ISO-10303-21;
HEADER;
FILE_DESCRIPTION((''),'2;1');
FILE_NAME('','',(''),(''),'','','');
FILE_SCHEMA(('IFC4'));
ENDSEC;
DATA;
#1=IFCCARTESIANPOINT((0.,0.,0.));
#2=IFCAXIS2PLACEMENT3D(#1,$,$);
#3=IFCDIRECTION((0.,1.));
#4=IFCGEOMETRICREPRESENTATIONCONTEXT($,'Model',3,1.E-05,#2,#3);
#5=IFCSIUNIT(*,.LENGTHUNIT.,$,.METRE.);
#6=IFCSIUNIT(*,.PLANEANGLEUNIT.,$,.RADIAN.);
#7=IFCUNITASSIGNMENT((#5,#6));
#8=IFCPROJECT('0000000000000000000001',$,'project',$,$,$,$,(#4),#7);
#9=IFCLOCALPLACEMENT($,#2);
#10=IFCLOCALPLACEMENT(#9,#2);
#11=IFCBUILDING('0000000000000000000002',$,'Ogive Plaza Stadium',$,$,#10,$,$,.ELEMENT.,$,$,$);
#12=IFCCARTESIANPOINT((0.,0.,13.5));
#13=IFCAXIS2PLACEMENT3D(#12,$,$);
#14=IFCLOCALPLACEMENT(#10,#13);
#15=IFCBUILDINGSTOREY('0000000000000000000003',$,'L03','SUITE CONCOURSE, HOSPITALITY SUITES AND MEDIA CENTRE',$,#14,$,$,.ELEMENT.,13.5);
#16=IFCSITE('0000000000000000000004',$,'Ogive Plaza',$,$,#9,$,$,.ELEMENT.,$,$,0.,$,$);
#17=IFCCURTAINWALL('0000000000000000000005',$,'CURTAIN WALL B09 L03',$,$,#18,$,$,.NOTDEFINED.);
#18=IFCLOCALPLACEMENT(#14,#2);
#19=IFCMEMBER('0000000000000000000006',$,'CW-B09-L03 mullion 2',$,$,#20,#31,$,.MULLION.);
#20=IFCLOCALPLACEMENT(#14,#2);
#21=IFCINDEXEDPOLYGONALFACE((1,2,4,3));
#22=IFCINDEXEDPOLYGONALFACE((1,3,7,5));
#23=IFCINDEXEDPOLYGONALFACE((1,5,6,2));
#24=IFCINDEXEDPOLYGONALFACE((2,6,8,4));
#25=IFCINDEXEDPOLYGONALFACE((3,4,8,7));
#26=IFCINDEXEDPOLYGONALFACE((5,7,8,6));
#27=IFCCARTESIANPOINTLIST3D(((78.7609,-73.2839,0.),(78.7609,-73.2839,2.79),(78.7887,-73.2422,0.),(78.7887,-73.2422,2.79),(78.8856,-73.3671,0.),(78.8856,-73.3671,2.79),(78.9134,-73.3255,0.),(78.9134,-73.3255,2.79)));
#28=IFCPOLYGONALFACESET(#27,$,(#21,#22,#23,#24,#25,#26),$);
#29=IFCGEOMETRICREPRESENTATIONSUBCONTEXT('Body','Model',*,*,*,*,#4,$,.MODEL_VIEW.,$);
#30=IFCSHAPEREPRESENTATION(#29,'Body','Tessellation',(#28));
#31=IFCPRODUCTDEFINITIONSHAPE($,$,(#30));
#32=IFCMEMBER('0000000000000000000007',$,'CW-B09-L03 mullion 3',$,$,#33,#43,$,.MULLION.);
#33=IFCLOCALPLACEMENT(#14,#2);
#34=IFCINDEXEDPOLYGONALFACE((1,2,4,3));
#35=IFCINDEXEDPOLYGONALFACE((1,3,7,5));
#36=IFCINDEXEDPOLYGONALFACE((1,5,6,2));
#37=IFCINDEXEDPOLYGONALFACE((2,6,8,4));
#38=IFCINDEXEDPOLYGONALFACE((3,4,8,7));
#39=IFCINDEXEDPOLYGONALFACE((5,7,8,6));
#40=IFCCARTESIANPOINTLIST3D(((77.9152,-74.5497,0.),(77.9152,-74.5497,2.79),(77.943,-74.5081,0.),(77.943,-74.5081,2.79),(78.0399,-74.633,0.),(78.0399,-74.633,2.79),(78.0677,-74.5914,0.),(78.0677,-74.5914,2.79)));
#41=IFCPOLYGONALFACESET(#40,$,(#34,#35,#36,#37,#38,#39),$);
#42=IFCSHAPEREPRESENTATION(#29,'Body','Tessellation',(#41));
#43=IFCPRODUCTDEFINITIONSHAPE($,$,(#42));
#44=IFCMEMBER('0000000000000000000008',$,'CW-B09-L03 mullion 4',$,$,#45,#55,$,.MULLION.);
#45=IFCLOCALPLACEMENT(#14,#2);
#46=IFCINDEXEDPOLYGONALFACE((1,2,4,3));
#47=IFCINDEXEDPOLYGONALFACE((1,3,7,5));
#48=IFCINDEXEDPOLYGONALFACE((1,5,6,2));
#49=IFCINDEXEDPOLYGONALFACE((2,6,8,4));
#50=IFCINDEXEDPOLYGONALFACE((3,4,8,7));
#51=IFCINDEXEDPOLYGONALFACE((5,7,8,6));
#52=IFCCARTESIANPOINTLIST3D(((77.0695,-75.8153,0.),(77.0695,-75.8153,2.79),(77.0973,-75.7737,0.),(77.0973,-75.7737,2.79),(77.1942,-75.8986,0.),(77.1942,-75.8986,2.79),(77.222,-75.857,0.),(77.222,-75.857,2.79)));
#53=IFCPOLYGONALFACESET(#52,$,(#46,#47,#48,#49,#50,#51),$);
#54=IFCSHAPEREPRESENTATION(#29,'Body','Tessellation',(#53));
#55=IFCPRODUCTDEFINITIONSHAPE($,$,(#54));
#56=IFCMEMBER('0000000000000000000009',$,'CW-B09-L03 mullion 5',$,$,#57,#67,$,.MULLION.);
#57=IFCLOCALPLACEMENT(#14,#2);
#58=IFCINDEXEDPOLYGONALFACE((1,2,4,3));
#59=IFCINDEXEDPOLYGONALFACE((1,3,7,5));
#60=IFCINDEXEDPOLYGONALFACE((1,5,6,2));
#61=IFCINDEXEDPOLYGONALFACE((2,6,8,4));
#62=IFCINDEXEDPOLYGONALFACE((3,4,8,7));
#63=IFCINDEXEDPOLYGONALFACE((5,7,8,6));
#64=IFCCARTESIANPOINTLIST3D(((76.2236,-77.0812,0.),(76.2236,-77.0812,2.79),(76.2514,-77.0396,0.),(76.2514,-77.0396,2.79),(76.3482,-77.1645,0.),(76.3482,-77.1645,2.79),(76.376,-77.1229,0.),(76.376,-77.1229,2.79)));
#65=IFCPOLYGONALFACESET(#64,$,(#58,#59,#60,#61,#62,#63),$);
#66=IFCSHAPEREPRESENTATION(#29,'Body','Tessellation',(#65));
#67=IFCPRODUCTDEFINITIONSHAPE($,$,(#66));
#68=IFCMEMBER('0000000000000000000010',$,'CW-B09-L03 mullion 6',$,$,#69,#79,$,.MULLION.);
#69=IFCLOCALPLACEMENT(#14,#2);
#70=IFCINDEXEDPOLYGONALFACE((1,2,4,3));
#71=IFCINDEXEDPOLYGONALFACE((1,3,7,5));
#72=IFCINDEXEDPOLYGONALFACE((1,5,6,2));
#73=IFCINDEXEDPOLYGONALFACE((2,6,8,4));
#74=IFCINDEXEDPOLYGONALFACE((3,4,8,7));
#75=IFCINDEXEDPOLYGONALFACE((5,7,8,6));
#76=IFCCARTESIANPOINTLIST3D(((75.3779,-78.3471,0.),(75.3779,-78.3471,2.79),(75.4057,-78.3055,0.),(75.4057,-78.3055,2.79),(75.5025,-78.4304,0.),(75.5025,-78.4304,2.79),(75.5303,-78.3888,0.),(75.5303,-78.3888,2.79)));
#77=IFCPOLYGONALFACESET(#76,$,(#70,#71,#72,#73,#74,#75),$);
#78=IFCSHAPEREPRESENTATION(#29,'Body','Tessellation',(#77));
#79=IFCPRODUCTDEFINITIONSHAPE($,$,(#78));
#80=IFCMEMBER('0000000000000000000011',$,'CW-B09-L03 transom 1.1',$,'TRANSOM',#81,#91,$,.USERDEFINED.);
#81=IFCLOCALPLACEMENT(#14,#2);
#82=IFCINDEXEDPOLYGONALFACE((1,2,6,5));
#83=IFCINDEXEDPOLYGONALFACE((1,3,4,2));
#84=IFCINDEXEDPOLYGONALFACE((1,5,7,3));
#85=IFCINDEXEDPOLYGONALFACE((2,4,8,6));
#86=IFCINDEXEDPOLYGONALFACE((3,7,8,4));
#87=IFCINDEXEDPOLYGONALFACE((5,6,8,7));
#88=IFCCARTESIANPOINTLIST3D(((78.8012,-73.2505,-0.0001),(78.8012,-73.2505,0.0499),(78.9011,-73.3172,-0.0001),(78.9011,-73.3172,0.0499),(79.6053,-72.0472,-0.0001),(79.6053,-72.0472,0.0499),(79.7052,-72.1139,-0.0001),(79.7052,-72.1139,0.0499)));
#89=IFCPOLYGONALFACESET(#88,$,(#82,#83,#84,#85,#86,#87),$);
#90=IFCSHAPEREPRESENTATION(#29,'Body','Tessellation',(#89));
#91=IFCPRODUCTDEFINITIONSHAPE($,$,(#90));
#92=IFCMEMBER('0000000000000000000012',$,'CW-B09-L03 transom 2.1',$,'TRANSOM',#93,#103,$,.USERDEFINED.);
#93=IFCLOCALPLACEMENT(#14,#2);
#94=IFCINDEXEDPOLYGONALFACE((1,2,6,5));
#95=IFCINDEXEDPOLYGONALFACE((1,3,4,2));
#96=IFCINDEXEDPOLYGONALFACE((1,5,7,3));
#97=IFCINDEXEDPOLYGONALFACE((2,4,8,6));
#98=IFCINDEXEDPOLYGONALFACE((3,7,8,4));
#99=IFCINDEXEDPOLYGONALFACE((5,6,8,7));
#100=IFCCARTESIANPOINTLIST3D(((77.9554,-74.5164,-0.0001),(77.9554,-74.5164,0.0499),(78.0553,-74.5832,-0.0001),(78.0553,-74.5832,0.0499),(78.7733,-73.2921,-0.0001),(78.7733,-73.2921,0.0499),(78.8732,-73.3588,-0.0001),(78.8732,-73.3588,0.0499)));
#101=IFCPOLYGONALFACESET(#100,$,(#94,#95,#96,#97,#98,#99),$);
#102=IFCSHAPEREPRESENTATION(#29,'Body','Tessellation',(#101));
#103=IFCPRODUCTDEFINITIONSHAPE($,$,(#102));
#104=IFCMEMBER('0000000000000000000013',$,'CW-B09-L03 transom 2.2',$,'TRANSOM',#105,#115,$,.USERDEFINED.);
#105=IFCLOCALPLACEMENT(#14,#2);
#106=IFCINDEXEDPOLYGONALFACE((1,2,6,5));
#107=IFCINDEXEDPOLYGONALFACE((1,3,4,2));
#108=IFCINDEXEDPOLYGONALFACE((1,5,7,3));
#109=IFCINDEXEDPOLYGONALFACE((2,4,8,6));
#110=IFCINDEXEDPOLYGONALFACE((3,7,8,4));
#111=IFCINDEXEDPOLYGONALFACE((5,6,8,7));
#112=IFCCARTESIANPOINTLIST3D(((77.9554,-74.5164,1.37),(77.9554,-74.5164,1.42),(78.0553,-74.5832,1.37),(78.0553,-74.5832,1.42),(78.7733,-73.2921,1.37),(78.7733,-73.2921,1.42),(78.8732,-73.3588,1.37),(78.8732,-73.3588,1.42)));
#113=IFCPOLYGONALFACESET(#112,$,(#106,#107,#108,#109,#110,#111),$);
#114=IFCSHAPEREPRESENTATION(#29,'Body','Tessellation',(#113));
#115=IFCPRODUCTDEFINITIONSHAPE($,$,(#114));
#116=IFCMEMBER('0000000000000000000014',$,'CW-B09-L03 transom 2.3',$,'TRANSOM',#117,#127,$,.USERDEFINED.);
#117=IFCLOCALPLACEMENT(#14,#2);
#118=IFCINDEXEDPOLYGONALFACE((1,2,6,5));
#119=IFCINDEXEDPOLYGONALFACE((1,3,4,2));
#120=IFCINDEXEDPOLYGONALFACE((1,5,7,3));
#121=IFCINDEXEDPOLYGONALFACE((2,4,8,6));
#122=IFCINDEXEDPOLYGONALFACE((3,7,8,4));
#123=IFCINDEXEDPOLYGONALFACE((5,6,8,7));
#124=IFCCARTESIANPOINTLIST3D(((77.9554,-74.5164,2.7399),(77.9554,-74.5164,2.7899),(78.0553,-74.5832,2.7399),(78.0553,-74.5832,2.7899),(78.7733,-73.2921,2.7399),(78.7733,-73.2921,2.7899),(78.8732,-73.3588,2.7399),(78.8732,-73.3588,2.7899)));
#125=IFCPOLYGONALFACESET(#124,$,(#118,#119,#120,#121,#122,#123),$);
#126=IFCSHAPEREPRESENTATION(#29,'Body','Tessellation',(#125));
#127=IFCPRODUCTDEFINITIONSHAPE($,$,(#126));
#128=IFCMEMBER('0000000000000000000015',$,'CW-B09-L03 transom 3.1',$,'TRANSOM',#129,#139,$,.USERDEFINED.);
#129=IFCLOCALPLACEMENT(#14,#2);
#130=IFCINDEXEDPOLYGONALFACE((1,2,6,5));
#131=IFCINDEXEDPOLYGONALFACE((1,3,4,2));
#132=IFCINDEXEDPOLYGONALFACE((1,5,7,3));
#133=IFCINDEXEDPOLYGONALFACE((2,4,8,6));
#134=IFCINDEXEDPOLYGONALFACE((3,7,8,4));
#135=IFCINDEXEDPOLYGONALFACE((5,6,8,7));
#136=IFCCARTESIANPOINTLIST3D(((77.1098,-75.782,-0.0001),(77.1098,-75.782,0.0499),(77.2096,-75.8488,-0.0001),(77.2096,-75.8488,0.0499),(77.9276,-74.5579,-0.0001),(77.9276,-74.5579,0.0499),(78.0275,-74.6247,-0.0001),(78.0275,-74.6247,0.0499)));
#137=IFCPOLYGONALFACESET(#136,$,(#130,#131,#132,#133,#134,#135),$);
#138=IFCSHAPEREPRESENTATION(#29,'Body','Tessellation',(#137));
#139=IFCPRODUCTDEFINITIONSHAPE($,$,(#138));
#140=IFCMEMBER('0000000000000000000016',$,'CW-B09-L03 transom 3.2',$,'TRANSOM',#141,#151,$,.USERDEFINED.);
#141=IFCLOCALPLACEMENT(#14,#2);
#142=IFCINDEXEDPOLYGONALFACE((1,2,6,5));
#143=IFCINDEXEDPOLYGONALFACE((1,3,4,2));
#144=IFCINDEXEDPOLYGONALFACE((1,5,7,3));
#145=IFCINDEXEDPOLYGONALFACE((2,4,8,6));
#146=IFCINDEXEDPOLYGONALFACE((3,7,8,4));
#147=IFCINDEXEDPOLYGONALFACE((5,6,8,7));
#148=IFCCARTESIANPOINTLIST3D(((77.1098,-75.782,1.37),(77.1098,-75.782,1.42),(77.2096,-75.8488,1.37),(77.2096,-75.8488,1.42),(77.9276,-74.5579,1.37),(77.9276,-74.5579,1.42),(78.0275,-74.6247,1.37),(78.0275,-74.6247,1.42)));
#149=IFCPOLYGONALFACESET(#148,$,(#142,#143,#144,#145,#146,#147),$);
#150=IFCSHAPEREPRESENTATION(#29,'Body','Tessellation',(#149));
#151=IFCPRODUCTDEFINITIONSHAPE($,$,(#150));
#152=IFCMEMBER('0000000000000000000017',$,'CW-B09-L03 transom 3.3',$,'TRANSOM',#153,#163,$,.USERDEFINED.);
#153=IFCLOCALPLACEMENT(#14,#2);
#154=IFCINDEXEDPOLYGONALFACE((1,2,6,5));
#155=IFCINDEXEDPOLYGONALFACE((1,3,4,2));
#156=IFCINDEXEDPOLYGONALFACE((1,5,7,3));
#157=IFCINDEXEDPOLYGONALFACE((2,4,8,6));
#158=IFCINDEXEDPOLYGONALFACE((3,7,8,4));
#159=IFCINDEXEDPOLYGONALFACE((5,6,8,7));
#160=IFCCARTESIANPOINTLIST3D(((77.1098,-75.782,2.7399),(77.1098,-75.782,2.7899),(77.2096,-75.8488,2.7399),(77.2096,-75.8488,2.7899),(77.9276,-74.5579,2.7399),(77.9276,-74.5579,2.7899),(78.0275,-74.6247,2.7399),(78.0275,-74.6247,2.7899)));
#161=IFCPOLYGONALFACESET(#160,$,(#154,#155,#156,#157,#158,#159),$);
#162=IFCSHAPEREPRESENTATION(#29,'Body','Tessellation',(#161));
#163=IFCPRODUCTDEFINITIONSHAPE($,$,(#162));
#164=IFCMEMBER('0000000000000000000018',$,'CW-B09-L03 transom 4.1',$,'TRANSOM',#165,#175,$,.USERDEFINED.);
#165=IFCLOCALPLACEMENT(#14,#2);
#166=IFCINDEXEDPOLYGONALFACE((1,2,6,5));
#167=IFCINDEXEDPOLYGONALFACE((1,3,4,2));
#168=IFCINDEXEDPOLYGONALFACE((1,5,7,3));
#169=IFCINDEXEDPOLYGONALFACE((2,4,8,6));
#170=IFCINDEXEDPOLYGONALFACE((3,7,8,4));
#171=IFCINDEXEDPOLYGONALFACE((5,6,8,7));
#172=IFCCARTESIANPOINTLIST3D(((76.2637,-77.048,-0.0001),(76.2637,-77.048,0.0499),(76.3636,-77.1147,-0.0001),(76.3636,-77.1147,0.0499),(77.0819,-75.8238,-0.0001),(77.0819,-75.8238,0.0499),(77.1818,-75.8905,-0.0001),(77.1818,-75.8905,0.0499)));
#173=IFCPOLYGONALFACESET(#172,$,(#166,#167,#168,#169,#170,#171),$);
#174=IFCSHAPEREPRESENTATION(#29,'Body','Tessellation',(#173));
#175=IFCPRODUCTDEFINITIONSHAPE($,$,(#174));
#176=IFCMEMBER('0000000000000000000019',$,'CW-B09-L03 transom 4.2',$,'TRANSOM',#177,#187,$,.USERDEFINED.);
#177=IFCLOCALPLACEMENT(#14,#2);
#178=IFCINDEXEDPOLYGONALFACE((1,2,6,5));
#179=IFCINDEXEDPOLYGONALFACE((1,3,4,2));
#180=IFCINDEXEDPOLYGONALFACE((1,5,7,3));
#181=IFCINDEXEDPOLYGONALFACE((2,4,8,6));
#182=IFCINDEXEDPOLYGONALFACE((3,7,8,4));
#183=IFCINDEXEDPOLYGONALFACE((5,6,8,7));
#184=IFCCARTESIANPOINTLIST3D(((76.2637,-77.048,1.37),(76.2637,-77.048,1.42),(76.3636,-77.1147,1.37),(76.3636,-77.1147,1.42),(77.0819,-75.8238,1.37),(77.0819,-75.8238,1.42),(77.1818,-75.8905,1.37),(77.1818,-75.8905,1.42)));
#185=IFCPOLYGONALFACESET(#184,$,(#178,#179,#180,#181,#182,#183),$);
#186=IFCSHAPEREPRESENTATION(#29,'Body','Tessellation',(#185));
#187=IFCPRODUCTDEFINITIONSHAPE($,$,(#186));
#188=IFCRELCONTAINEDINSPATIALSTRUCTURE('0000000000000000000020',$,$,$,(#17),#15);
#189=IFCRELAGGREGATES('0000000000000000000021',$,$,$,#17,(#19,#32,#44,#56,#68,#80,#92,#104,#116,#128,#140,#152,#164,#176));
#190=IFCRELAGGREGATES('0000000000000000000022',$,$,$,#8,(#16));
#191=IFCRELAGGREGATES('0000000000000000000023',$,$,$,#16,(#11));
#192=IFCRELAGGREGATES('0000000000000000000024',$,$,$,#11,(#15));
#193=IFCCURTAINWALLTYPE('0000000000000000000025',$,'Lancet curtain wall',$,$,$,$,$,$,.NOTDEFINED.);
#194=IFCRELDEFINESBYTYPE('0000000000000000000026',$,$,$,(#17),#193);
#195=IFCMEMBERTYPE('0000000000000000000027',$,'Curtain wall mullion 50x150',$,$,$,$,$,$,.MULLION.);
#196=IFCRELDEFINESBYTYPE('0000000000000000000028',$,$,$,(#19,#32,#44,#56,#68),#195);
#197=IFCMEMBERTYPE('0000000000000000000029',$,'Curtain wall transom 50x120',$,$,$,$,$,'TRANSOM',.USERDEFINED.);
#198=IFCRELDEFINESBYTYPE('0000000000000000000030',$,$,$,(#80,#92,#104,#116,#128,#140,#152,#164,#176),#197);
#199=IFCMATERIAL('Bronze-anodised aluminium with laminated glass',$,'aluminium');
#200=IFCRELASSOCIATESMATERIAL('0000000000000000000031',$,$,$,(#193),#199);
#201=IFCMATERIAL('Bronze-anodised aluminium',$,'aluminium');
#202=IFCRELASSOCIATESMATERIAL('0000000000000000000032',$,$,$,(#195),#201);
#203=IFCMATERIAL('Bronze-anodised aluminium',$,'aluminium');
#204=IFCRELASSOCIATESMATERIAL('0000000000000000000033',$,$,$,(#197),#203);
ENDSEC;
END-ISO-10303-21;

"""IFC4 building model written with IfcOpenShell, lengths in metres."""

from ifc_helpers import new_model, si_unit, direction, frame, origin, origin_2d, place, context, subcontext, project, spatial, rectangle, extrude, material, material_profile, profile_set, type_object, element, aggregate, save


model = new_model("IFC4")

# Units and contexts
model_context = context("Model", 3, precision=1e-05, world=origin(), true_north=direction((0.0, 1.0)))
body_context = subcontext(model_context, "Body", "Model", "MODEL_VIEW")
ifc_project = project(units=[si_unit("LENGTHUNIT", "METRE"), si_unit("PLANEANGLEUNIT", "RADIAN")], contexts=[model_context])

# Site, building, storey
site_placement = place(None, origin())
site = spatial("IfcSite", under=ifc_project, at=site_placement, Name="Ogive Plaza", CompositionType="ELEMENT", RefElevation=0.0)
building_placement = place(site_placement, origin())
building = spatial("IfcBuilding", under=site, at=building_placement, Name="Ogive Plaza Stadium", CompositionType="ELEMENT")
storey_placement = place(building_placement, frame((0.0, 0.0, 13.5)))
storey = spatial("IfcBuildingStorey", under=building, at=storey_placement, Name="L03", Description="SUITE CONCOURSE, HOSPITALITY SUITES AND MEDIA CENTRE", CompositionType="ELEMENT", Elevation=13.5)

# Curtain wall, members
ifc_material_1 = material(Name="Bronze-anodised aluminium with laminated glass", Category="aluminium")
curtain_wall_type = type_object("IfcCurtainWallType", Name="Lancet curtain wall", PredefinedType="NOTDEFINED", material=ifc_material_1)
curtain_wall_placement = place(storey_placement, origin())
curtain_wall = element("IfcCurtainWall", 1, at=curtain_wall_placement, inside=storey, type_object=curtain_wall_type, Name="CURTAIN WALL B09 L03", PredefinedType="NOTDEFINED")
ifc_material_2 = material(Name="Bronze-anodised aluminium", Category="aluminium")
ifc_material_profile_1 = material_profile(ifc_material_2, rectangle(XDim=0.1499, YDim=0.05, at=origin_2d()), Name="AL 150x50")
ifc_profile_set_1 = profile_set([ifc_material_profile_1], Name="Bronze-anodised aluminium")
member_type_1 = type_object("IfcMemberType", Name="Curtain wall mullion 50x150", PredefinedType="MULLION", material=ifc_profile_set_1)
member_1_placement = place(storey_placement, frame((78.8372, -73.3047, 0.0), z_axis=(0.0, 0.0, 1.0), x_axis=(0.83147, -0.55557, 0.0)))
member_1 = element("IfcMember", 2, at=member_1_placement, type_object=member_type_1, Name="CW-B09-L03 mullion 2", PredefinedType="MULLION", context=body_context, shape_type="SweptSolid", body=[
    extrude(rectangle(XDim=0.1499, YDim=0.05, at=origin_2d()), origin(), (0.0, 0.0, 1.0), 2.79),
])
member_2_placement = place(storey_placement, frame((77.9915, -74.5706, 0.0), z_axis=(0.0, 0.0, 1.0), x_axis=(0.83147, -0.55557, 0.0)))
member_2 = element("IfcMember", 3, at=member_2_placement, type_object=member_type_1, Name="CW-B09-L03 mullion 3", PredefinedType="MULLION", context=body_context, shape_type="SweptSolid", body=[
    extrude(rectangle(XDim=0.1499, YDim=0.05, at=origin_2d()), origin(), (0.0, 0.0, 1.0), 2.79),
])
member_3_placement = place(storey_placement, frame((77.1458, -75.8362, 0.0), z_axis=(0.0, 0.0, 1.0), x_axis=(0.83147, -0.55557, 0.0)))
member_3 = element("IfcMember", 4, at=member_3_placement, type_object=member_type_1, Name="CW-B09-L03 mullion 4", PredefinedType="MULLION", context=body_context, shape_type="SweptSolid", body=[
    extrude(rectangle(XDim=0.1499, YDim=0.05, at=origin_2d()), origin(), (0.0, 0.0, 1.0), 2.79),
])
member_4_placement = place(storey_placement, frame((76.2998, -77.1021, 0.0), z_axis=(0.0, 0.0, 1.0), x_axis=(0.83147, -0.55557, 0.0)))
member_4 = element("IfcMember", 5, at=member_4_placement, type_object=member_type_1, Name="CW-B09-L03 mullion 5", PredefinedType="MULLION", context=body_context, shape_type="SweptSolid", body=[
    extrude(rectangle(XDim=0.1499, YDim=0.05, at=origin_2d()), origin(), (0.0, 0.0, 1.0), 2.79),
])
member_5_placement = place(storey_placement, frame((75.4541, -78.3679, 0.0), z_axis=(0.0, 0.0, 1.0), x_axis=(0.83147, -0.55557, 0.0)))
member_5 = element("IfcMember", 6, at=member_5_placement, type_object=member_type_1, Name="CW-B09-L03 mullion 6", PredefinedType="MULLION", context=body_context, shape_type="SweptSolid", body=[
    extrude(rectangle(XDim=0.1499, YDim=0.05, at=origin_2d()), origin(), (0.0, 0.0, 1.0), 2.79),
])
ifc_material_3 = material(Name="Bronze-anodised aluminium", Category="aluminium")
ifc_material_profile_2 = material_profile(ifc_material_3, rectangle(XDim=0.1201, YDim=0.05, at=origin_2d()), Name="AL 120x50")
ifc_profile_set_2 = profile_set([ifc_material_profile_2], Name="Bronze-anodised aluminium")
member_type_2 = type_object("IfcMemberType", Name="Curtain wall transom 50x120", ElementType="TRANSOM", PredefinedType="USERDEFINED", material=ifc_profile_set_2)
member_6_placement = place(storey_placement, frame((79.6553, -72.0806, 0.0249), z_axis=(-0.555634, -0.831427, 0.0), x_axis=(0.831427, -0.555634, 0.0)))
member_6 = element("IfcMember", 7, at=member_6_placement, type_object=member_type_2, Name="CW-B09-L03 transom 1.1", ObjectType="TRANSOM", PredefinedType="USERDEFINED", context=body_context, shape_type="SweptSolid", body=[
    extrude(rectangle(XDim=0.1201, YDim=0.05, at=origin_2d()), origin(), (0.0, 0.0, 1.0), 1.4473),
])
member_7_placement = place(storey_placement, frame((78.8232, -73.3254, 0.0249), z_axis=(-0.555465, -0.83154, 0.0), x_axis=(0.83154, -0.555465, 0.0)))
member_7 = element("IfcMember", 8, at=member_7_placement, type_object=member_type_2, Name="CW-B09-L03 transom 2.1", ObjectType="TRANSOM", PredefinedType="USERDEFINED", context=body_context, shape_type="SweptSolid", body=[
    extrude(rectangle(XDim=0.1201, YDim=0.05, at=origin_2d()), origin(), (0.0, 0.0, 1.0), 1.4724),
])
member_8_placement = place(storey_placement, frame((78.8232, -73.3254, 1.395), z_axis=(-0.555465, -0.83154, 0.0), x_axis=(0.83154, -0.555465, 0.0)))
member_8 = element("IfcMember", 9, at=member_8_placement, type_object=member_type_2, Name="CW-B09-L03 transom 2.2", ObjectType="TRANSOM", PredefinedType="USERDEFINED", context=body_context, shape_type="SweptSolid", body=[
    extrude(rectangle(XDim=0.1201, YDim=0.05, at=origin_2d()), origin(), (0.0, 0.0, 1.0), 1.4724),
])
member_9_placement = place(storey_placement, frame((78.8232, -73.3254, 2.7649), z_axis=(-0.555465, -0.83154, 0.0), x_axis=(0.83154, -0.555465, 0.0)))
member_9 = element("IfcMember", 10, at=member_9_placement, type_object=member_type_2, Name="CW-B09-L03 transom 2.3", ObjectType="TRANSOM", PredefinedType="USERDEFINED", context=body_context, shape_type="SweptSolid", body=[
    extrude(rectangle(XDim=0.1201, YDim=0.05, at=origin_2d()), origin(), (0.0, 0.0, 1.0), 1.4724),
])
member_10_placement = place(storey_placement, frame((77.9775, -74.5913, 0.0249), z_axis=(-0.555542, -0.831489, 0.0), x_axis=(0.831489, -0.555542, 0.0)))
member_10 = element("IfcMember", 11, at=member_10_placement, type_object=member_type_2, Name="CW-B09-L03 transom 3.1", ObjectType="TRANSOM", PredefinedType="USERDEFINED", context=body_context, shape_type="SweptSolid", body=[
    extrude(rectangle(XDim=0.1201, YDim=0.05, at=origin_2d()), origin(), (0.0, 0.0, 1.0), 1.4722),
])
member_11_placement = place(storey_placement, frame((77.9775, -74.5913, 1.395), z_axis=(-0.555542, -0.831489, 0.0), x_axis=(0.831489, -0.555542, 0.0)))
member_11 = element("IfcMember", 12, at=member_11_placement, type_object=member_type_2, Name="CW-B09-L03 transom 3.2", ObjectType="TRANSOM", PredefinedType="USERDEFINED", context=body_context, shape_type="SweptSolid", body=[
    extrude(rectangle(XDim=0.1201, YDim=0.05, at=origin_2d()), origin(), (0.0, 0.0, 1.0), 1.4722),
])
member_12_placement = place(storey_placement, frame((77.9775, -74.5913, 2.7649), z_axis=(-0.555542, -0.831489, 0.0), x_axis=(0.831489, -0.555542, 0.0)))
member_12 = element("IfcMember", 13, at=member_12_placement, type_object=member_type_2, Name="CW-B09-L03 transom 3.3", ObjectType="TRANSOM", PredefinedType="USERDEFINED", context=body_context, shape_type="SweptSolid", body=[
    extrude(rectangle(XDim=0.1201, YDim=0.05, at=origin_2d()), origin(), (0.0, 0.0, 1.0), 1.4722),
])
member_13_placement = place(storey_placement, frame((77.1318, -75.8572, 0.0249), z_axis=(-0.555656, -0.831412, 0.0), x_axis=(0.831412, -0.555656, 0.0)))
member_13 = element("IfcMember", 14, at=member_13_placement, type_object=member_type_2, Name="CW-B09-L03 transom 4.1", ObjectType="TRANSOM", PredefinedType="USERDEFINED", context=body_context, shape_type="SweptSolid", body=[
    extrude(rectangle(XDim=0.1201, YDim=0.05, at=origin_2d()), origin(), (0.0, 0.0, 1.0), 1.4724),
])
member_14_placement = place(storey_placement, frame((77.1318, -75.8572, 1.395), z_axis=(-0.555656, -0.831412, 0.0), x_axis=(0.831412, -0.555656, 0.0)))
member_14 = element("IfcMember", 15, at=member_14_placement, type_object=member_type_2, Name="CW-B09-L03 transom 4.2", ObjectType="TRANSOM", PredefinedType="USERDEFINED", context=body_context, shape_type="SweptSolid", body=[
    extrude(rectangle(XDim=0.1201, YDim=0.05, at=origin_2d()), origin(), (0.0, 0.0, 1.0), 1.4724),
])

aggregate(curtain_wall, [member_1, member_2, member_3, member_4, member_5, member_6, member_7, member_8, member_9, member_10, member_11, member_12, member_13, member_14])

save(model, "model.ifc")
